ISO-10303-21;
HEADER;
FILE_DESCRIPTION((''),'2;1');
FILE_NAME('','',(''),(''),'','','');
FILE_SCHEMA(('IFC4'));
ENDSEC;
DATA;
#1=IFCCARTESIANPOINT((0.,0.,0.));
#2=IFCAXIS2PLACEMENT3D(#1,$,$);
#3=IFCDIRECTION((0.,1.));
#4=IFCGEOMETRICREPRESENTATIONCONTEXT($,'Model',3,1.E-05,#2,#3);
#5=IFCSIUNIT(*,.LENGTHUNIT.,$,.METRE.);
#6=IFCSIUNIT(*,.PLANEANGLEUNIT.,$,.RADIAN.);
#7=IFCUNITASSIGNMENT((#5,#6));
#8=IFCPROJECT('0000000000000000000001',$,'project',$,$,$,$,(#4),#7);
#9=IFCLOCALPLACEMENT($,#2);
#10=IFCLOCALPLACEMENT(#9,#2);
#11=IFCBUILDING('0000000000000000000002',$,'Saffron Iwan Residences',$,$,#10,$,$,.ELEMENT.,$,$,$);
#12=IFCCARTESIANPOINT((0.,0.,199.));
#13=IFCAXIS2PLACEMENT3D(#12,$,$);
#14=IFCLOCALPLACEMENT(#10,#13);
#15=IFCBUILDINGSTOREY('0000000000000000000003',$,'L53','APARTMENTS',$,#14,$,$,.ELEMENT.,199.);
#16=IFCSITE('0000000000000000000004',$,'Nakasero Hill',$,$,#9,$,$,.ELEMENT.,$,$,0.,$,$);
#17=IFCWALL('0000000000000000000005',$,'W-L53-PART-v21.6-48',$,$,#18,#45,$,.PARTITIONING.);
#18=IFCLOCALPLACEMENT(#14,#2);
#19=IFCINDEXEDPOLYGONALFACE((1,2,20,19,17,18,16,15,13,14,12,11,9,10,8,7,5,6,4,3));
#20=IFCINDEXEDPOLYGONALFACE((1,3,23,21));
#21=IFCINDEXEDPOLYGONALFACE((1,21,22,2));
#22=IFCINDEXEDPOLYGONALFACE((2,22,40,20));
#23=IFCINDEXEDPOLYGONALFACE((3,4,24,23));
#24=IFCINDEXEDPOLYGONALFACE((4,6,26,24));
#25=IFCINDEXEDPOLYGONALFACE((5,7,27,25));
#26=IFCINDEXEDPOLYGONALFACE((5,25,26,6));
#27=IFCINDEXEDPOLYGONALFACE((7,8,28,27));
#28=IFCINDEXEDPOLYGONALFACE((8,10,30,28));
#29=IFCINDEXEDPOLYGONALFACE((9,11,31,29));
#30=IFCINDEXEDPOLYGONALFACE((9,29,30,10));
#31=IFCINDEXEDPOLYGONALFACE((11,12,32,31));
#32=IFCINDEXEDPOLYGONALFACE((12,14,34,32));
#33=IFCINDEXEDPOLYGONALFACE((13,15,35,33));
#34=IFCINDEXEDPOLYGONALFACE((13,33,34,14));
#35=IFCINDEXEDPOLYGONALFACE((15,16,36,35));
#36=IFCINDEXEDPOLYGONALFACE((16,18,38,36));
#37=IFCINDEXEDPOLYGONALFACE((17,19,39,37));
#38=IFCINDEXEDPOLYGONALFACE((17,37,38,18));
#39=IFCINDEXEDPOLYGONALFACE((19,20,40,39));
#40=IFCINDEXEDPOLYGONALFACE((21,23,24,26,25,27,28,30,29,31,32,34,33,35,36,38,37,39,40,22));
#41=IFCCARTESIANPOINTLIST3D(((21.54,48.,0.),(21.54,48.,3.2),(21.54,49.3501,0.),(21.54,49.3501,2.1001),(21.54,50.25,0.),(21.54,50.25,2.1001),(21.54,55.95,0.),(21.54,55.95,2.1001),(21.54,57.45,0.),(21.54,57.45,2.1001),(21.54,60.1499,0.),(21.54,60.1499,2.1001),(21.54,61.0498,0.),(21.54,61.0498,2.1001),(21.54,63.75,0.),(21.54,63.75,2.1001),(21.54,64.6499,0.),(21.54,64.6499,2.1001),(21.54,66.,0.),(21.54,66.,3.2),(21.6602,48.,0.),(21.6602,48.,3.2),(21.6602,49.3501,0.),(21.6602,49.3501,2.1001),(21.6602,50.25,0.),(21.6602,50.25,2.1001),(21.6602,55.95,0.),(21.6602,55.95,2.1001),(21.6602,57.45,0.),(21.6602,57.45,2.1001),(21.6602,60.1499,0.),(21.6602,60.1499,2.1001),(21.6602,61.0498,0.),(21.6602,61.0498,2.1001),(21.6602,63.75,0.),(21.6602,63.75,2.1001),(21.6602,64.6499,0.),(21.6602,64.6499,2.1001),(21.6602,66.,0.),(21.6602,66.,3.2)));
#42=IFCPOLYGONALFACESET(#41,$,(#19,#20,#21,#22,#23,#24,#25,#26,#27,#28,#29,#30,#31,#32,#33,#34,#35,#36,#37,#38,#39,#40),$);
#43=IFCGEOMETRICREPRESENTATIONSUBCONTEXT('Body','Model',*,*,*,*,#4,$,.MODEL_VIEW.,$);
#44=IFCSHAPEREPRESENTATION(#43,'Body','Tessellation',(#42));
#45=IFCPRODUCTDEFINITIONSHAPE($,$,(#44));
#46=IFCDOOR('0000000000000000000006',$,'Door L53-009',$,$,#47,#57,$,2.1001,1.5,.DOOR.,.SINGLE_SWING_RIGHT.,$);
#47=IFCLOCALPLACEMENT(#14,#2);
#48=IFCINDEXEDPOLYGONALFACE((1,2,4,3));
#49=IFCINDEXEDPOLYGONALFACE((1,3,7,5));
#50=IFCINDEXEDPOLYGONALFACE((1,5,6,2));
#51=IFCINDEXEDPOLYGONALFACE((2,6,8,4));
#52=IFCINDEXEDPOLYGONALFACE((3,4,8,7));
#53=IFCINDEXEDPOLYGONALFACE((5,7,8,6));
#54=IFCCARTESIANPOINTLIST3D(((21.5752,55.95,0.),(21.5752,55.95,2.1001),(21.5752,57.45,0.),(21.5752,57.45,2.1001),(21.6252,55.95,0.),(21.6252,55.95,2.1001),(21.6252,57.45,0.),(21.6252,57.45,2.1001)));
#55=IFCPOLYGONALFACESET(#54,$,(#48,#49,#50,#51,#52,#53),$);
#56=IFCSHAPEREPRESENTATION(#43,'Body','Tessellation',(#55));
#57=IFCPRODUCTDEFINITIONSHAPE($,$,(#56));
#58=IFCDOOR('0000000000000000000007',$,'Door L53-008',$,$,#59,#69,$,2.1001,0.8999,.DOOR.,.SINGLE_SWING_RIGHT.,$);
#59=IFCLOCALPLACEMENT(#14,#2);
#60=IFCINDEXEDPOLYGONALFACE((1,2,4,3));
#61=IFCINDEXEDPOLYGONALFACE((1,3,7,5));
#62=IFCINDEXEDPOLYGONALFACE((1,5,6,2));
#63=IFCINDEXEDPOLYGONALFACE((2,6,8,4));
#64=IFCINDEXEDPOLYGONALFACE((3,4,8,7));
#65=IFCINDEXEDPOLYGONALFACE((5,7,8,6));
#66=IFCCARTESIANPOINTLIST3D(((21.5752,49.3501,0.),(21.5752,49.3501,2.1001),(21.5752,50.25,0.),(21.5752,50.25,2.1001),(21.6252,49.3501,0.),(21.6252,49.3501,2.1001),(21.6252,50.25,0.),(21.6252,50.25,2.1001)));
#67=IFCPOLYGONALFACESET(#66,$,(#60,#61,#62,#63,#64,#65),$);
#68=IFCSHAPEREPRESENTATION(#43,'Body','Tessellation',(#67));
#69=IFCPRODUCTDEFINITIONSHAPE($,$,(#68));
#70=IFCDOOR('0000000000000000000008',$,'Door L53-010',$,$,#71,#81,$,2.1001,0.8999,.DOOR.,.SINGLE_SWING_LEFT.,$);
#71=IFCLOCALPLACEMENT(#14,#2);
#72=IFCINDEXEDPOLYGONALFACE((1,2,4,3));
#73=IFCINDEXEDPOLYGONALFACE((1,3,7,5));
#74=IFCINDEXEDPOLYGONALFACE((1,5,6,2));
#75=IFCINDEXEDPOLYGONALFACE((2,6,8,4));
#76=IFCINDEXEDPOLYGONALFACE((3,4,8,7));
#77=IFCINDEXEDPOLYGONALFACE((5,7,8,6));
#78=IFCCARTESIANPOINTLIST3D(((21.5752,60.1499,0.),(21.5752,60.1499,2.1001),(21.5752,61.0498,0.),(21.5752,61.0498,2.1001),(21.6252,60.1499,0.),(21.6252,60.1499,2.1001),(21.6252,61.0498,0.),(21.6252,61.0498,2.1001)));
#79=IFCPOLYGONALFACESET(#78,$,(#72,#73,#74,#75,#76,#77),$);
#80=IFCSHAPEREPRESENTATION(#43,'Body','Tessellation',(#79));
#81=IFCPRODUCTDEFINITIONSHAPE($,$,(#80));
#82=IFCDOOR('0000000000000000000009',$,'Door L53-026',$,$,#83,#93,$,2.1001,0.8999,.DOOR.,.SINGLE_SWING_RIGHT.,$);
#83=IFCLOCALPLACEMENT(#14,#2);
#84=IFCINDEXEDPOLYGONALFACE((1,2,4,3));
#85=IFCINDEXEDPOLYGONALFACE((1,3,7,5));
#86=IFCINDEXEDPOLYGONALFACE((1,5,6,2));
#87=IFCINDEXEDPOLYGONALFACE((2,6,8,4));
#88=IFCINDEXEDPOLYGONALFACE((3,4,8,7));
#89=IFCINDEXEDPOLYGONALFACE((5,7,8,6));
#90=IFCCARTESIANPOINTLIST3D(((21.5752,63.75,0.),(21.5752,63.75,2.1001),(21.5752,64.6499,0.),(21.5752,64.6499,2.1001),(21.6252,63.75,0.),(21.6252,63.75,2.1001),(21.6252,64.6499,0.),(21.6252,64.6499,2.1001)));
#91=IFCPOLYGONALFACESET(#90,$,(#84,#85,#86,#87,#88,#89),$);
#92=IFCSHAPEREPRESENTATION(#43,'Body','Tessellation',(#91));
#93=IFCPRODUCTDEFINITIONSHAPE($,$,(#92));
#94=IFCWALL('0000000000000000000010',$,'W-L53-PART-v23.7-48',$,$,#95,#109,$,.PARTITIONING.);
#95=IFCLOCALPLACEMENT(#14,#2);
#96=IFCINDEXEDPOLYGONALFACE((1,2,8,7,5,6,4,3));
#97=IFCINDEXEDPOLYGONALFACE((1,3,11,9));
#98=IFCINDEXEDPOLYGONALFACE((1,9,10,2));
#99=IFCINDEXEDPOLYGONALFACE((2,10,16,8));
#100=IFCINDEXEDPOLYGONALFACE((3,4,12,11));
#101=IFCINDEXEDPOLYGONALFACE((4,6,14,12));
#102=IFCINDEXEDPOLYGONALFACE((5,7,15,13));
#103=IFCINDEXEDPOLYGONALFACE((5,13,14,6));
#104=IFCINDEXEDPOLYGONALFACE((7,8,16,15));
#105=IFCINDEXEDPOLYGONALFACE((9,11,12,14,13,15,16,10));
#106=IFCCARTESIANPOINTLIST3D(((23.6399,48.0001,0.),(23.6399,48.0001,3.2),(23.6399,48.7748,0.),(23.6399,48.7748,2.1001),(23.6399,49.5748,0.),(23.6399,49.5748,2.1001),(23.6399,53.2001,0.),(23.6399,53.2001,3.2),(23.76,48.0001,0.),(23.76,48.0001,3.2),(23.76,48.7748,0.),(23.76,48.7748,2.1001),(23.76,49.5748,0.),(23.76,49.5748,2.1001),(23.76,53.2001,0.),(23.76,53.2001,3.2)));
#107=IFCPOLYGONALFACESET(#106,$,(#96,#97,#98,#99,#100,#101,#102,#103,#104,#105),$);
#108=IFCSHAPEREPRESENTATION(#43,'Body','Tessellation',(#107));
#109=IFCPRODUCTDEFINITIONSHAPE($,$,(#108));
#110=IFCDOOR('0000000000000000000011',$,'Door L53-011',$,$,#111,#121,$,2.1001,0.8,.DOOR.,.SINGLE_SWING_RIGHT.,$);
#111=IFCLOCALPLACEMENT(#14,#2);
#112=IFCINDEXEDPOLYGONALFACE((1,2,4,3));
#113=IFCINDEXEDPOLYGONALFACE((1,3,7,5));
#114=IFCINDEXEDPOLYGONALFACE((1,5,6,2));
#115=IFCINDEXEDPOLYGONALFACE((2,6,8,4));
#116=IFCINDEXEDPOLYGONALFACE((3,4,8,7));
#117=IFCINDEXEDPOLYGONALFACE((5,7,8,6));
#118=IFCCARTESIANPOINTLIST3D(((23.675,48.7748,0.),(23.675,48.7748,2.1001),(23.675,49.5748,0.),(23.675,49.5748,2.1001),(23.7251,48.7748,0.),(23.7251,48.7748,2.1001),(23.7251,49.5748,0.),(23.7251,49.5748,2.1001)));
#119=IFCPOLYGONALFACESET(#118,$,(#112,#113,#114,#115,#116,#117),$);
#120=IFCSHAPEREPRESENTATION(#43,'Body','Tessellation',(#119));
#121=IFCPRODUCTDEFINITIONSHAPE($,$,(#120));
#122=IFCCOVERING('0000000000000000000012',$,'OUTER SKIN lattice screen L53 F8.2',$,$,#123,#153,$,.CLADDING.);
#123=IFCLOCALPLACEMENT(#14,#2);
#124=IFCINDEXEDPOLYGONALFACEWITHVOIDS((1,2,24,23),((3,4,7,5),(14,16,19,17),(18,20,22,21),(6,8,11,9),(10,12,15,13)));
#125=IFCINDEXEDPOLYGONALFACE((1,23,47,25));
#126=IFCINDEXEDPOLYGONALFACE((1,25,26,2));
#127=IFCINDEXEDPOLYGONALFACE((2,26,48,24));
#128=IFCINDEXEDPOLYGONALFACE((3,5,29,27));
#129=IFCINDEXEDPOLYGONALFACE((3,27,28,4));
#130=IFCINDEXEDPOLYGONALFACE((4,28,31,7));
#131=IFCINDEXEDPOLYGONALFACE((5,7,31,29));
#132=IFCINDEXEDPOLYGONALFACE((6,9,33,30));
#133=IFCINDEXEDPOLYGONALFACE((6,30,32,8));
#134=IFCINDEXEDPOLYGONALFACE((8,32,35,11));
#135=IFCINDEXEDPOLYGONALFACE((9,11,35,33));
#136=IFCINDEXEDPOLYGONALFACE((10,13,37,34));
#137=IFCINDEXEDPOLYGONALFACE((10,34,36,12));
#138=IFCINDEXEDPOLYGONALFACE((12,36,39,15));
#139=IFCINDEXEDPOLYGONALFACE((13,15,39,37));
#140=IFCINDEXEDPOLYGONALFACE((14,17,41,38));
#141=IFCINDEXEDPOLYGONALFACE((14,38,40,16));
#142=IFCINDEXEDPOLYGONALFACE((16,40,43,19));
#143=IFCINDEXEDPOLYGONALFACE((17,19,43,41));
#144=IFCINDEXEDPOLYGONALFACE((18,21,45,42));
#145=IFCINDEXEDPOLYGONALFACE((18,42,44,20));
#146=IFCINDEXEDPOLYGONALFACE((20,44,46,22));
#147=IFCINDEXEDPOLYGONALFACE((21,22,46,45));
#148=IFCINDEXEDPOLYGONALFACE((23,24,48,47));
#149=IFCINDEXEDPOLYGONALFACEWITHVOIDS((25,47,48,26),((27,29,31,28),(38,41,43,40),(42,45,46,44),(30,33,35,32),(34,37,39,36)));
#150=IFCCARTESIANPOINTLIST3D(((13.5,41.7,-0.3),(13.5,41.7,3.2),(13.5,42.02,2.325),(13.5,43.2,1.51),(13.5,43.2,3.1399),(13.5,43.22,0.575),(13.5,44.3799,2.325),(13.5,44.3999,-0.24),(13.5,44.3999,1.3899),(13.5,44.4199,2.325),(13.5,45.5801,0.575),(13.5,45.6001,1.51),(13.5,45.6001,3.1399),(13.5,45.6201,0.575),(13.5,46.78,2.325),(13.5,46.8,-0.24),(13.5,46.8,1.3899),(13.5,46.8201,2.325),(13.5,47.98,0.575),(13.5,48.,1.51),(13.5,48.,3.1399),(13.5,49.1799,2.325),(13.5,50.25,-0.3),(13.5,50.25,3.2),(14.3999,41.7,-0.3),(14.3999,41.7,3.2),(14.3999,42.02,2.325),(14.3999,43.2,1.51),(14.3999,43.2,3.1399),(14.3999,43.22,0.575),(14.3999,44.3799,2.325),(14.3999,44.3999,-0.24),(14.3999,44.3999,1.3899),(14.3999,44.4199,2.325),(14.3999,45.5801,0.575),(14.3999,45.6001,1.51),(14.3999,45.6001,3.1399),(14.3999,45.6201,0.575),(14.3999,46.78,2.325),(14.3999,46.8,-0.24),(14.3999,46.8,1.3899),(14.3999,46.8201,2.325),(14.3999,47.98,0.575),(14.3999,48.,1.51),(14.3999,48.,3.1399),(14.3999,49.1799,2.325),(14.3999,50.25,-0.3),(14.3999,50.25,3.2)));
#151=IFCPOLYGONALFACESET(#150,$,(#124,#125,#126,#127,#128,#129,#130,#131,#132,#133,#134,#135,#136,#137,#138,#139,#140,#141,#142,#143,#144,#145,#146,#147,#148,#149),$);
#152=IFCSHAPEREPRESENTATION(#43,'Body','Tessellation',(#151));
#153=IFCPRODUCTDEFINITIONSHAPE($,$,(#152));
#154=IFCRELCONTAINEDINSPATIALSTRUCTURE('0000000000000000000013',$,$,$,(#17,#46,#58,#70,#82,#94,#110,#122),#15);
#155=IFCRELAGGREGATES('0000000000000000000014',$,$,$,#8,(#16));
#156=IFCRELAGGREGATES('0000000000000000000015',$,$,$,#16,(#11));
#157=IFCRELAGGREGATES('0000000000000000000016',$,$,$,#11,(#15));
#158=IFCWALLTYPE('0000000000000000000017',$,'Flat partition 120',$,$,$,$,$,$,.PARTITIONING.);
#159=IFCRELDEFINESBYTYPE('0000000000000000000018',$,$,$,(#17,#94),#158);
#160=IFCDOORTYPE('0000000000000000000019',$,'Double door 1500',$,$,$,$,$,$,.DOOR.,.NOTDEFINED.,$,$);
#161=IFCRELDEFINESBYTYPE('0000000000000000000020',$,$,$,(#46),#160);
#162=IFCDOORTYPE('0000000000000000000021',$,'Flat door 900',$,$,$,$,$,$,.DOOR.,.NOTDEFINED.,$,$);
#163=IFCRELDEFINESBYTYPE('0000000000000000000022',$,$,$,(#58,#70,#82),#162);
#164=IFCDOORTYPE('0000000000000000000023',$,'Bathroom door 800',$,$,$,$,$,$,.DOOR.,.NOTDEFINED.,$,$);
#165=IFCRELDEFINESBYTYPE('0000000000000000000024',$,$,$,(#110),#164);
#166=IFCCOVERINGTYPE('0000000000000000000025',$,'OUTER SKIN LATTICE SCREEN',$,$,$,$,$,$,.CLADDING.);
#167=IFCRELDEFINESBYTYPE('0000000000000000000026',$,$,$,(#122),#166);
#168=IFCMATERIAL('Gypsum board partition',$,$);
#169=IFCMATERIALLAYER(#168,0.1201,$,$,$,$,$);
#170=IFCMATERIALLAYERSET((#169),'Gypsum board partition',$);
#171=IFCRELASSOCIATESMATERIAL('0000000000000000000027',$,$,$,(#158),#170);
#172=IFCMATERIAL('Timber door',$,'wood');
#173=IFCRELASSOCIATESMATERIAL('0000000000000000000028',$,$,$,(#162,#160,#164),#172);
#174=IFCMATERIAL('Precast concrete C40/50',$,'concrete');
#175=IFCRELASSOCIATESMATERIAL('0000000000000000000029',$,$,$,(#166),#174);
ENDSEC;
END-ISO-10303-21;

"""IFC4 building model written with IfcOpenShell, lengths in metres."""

from ifc_helpers import new_model, si_unit, direction, frame, frame_2d, origin, place, context, subcontext, project, spatial, polyline, rectangle, outline, extrude, material, layer, layer_set, type_object, element, fill, save


model = new_model("IFC4")

# Units and contexts
model_context = context("Model", 3, precision=1e-05, world=origin(), true_north=direction((0.0, 1.0)))
body_context = subcontext(model_context, "Body", "Model", "MODEL_VIEW")
ifc_project = project(units=[si_unit("LENGTHUNIT", "METRE"), si_unit("PLANEANGLEUNIT", "RADIAN")], contexts=[model_context])

# Site, building, storey
site_placement = place(None, origin())
site = spatial("IfcSite", under=ifc_project, at=site_placement, Name="Nakasero Hill", CompositionType="ELEMENT", RefElevation=0.0)
building_placement = place(site_placement, origin())
building = spatial("IfcBuilding", under=site, at=building_placement, Name="Saffron Iwan Residences", CompositionType="ELEMENT")
storey_placement = place(building_placement, frame((0.0, 0.0, 199.0)))
storey = spatial("IfcBuildingStorey", under=building, at=storey_placement, Name="L53", Description="APARTMENTS", CompositionType="ELEMENT", Elevation=199.0)

# Shared definitions
ifc_material_1 = material(Name="Gypsum board partition")
ifc_layer_1 = layer(ifc_material_1, 0.1201)
ifc_layer_set_1 = layer_set([ifc_layer_1], Name="Gypsum board partition")
wall_type_1 = type_object("IfcWallType", Name="Flat partition 120", PredefinedType="PARTITIONING", material=ifc_layer_set_1)

# Wall, openings, doors
ifc_material_2 = material(Name="Timber door", Category="wood")
door_type_1 = type_object("IfcDoorType", Name="Flat door 900", OperationType="NOTDEFINED", PredefinedType="DOOR", material=ifc_material_2)
wall_1_placement = place(storey_placement, frame((21.6001, 48.0, 0.0), z_axis=(0.0, 0.0, 1.0), x_axis=(0.0, 1.0, 0.0)))
wall_1 = element("IfcWall", 1, at=wall_1_placement, inside=storey, type_object=wall_type_1, Name="W-L53-PART-v21.6-48", PredefinedType="PARTITIONING", context=body_context, shape_type="SweptSolid", body=[
    extrude(rectangle(XDim=18.0, YDim=0.1201, at=frame_2d((9.0, 0.0))), origin(), (0.0, 0.0, 1.0), 3.2),
])
opening_1_placement = place(wall_1_placement, frame((1.3501, 0.0, 0.0)))
opening_1 = element("IfcOpeningElement", 2, at=opening_1_placement, cuts=wall_1, PredefinedType="OPENING", context=body_context, shape_type="SweptSolid", body=[
    extrude(rectangle(XDim=0.8999, YDim=2.1001, at=frame_2d((0.45, 1.05))), frame((0.0, 0.0701, 0.0), z_axis=(0.0, -1.0, 0.0), x_axis=(1.0, 0.0, 0.0)), (0.0, 0.0, 1.0), 0.1401),
])
opening_2_placement = place(wall_1_placement, frame((7.95, 0.0, 0.0)))
opening_2 = element("IfcOpeningElement", 3, at=opening_2_placement, cuts=wall_1, PredefinedType="OPENING", context=body_context, shape_type="SweptSolid", body=[
    extrude(rectangle(XDim=1.5, YDim=2.1001, at=frame_2d((0.75, 1.05))), frame((0.0, 0.0701, 0.0), z_axis=(0.0, -1.0, 0.0), x_axis=(1.0, 0.0, 0.0)), (0.0, 0.0, 1.0), 0.1401),
])
opening_3_placement = place(wall_1_placement, frame((12.1499, 0.0, 0.0)))
opening_3 = element("IfcOpeningElement", 4, at=opening_3_placement, cuts=wall_1, PredefinedType="OPENING", context=body_context, shape_type="SweptSolid", body=[
    extrude(rectangle(XDim=0.8999, YDim=2.1001, at=frame_2d((0.45, 1.05))), frame((0.0, 0.0701, 0.0), z_axis=(0.0, -1.0, 0.0), x_axis=(1.0, 0.0, 0.0)), (0.0, 0.0, 1.0), 0.1401),
])
opening_4_placement = place(wall_1_placement, frame((15.75, 0.0, 0.0)))
opening_4 = element("IfcOpeningElement", 5, at=opening_4_placement, cuts=wall_1, PredefinedType="OPENING", context=body_context, shape_type="SweptSolid", body=[
    extrude(rectangle(XDim=0.8999, YDim=2.1001, at=frame_2d((0.45, 1.05))), frame((0.0, 0.0701, 0.0), z_axis=(0.0, -1.0, 0.0), x_axis=(1.0, 0.0, 0.0)), (0.0, 0.0, 1.0), 0.1401),
])
door_type_2 = type_object("IfcDoorType", Name="Double door 1500", OperationType="NOTDEFINED", PredefinedType="DOOR", material=ifc_material_2)
door_1_placement = place(opening_2_placement, origin())
door_1 = element("IfcDoor", 6, at=door_1_placement, inside=storey, type_object=door_type_2, Name="Door L53-009", OperationType="SINGLE_SWING_RIGHT", OverallHeight=2.1001, OverallWidth=1.5, PredefinedType="DOOR", context=body_context, shape_type="SweptSolid", body=[
    extrude(rectangle(XDim=1.5, YDim=2.1001, at=frame_2d((0.75, 1.05))), frame((0.0, 0.0249, 0.0), z_axis=(0.0, -1.0, 0.0), x_axis=(1.0, 0.0, 0.0)), (0.0, 0.0, 1.0), 0.05),
])
fill(opening_2, door_1)
door_2_placement = place(opening_1_placement, origin())
door_2 = element("IfcDoor", 7, at=door_2_placement, inside=storey, type_object=door_type_1, Name="Door L53-008", OperationType="SINGLE_SWING_RIGHT", OverallHeight=2.1001, OverallWidth=0.8999, PredefinedType="DOOR", context=body_context, shape_type="SweptSolid", body=[
    extrude(rectangle(XDim=0.8999, YDim=2.1001, at=frame_2d((0.45, 1.05))), frame((0.0, 0.0249, 0.0), z_axis=(0.0, -1.0, 0.0), x_axis=(1.0, 0.0, 0.0)), (0.0, 0.0, 1.0), 0.05),
])
fill(opening_1, door_2)
door_3_placement = place(opening_3_placement, origin())
door_3 = element("IfcDoor", 8, at=door_3_placement, inside=storey, type_object=door_type_1, Name="Door L53-010", OperationType="SINGLE_SWING_LEFT", OverallHeight=2.1001, OverallWidth=0.8999, PredefinedType="DOOR", context=body_context, shape_type="SweptSolid", body=[
    extrude(rectangle(XDim=0.8999, YDim=2.1001, at=frame_2d((0.45, 1.05))), frame((0.0, 0.0249, 0.0), z_axis=(0.0, -1.0, 0.0), x_axis=(1.0, 0.0, 0.0)), (0.0, 0.0, 1.0), 0.05),
])
fill(opening_3, door_3)
door_4_placement = place(opening_4_placement, origin())
door_4 = element("IfcDoor", 9, at=door_4_placement, inside=storey, type_object=door_type_1, Name="Door L53-026", OperationType="SINGLE_SWING_RIGHT", OverallHeight=2.1001, OverallWidth=0.8999, PredefinedType="DOOR", context=body_context, shape_type="SweptSolid", body=[
    extrude(rectangle(XDim=0.8999, YDim=2.1001, at=frame_2d((0.45, 1.05))), frame((0.0, 0.0249, 0.0), z_axis=(0.0, -1.0, 0.0), x_axis=(1.0, 0.0, 0.0)), (0.0, 0.0, 1.0), 0.05),
])
fill(opening_4, door_4)

# Wall, opening, door
wall_2_placement = place(storey_placement, frame((23.7, 48.0, 0.0), z_axis=(0.0, 0.0, 1.0), x_axis=(0.0, 1.0, 0.0)))
wall_2 = element("IfcWall", 10, at=wall_2_placement, inside=storey, type_object=wall_type_1, Name="W-L53-PART-v23.7-48", PredefinedType="PARTITIONING", context=body_context, shape_type="SweptSolid", body=[
    extrude(rectangle(XDim=5.2, YDim=0.1201, at=frame_2d((2.6001, 0.0))), origin(), (0.0, 0.0, 1.0), 3.2),
])
opening_5_placement = place(wall_2_placement, frame((0.7749, 0.0, 0.0)))
opening_5 = element("IfcOpeningElement", 11, at=opening_5_placement, cuts=wall_2, PredefinedType="OPENING", context=body_context, shape_type="SweptSolid", body=[
    extrude(rectangle(XDim=0.8, YDim=2.1001, at=frame_2d((0.3999, 1.05))), frame((0.0, 0.0701, 0.0), z_axis=(0.0, -1.0, 0.0), x_axis=(1.0, 0.0, 0.0)), (0.0, 0.0, 1.0), 0.1401),
])
door_type_3 = type_object("IfcDoorType", Name="Bathroom door 800", OperationType="NOTDEFINED", PredefinedType="DOOR", material=ifc_material_2)
door_5_placement = place(opening_5_placement, origin())
door_5 = element("IfcDoor", 12, at=door_5_placement, inside=storey, type_object=door_type_3, Name="Door L53-011", OperationType="SINGLE_SWING_RIGHT", OverallHeight=2.1001, OverallWidth=0.8, PredefinedType="DOOR", context=body_context, shape_type="SweptSolid", body=[
    extrude(rectangle(XDim=0.8, YDim=2.1001, at=frame_2d((0.3999, 1.05))), frame((0.0, 0.0249, 0.0), z_axis=(0.0, -1.0, 0.0), x_axis=(1.0, 0.0, 0.0)), (0.0, 0.0, 1.0), 0.05),
])
fill(opening_5, door_5)

# Covering
ifc_material_3 = material(Name="Precast concrete C40/50", Category="concrete")
covering_type = type_object("IfcCoveringType", Name="OUTER SKIN LATTICE SCREEN", PredefinedType="CLADDING", material=ifc_material_3)
covering_placement = place(storey_placement, frame((14.3999, 50.25, -0.3), z_axis=(-1.0, 0.0, 0.0), x_axis=(0.0, -1.0, 0.0)))
element("IfcCovering", 13, at=covering_placement, inside=storey, type_object=covering_type, Name="OUTER SKIN lattice screen L53 F8.2", PredefinedType="CLADDING", context=body_context, shape_type="SweptSolid", body=[
    extrude(outline(polyline([(0.0, 0.0), (8.55, 0.0), (8.55, 3.5), (0.0, 3.5), (0.0, 0.0)]), holes=[polyline([(2.27, 0.875), (3.45, 0.0601), (4.6299, 0.875), (3.45, 1.6899), (2.27, 0.875)]), polyline([(4.6699, 0.875), (5.8501, 0.0601), (7.03, 0.875), (5.8501, 1.6899), (4.6699, 0.875)]), polyline([(1.0701, 2.625), (2.25, 1.8101), (3.4299, 2.625), (2.25, 3.4399), (1.0701, 2.625)]), polyline([(3.47, 2.625), (4.6499, 1.8101), (5.8301, 2.625), (4.6499, 3.4399), (3.47, 2.625)]), polyline([(5.8701, 2.625), (7.05, 1.8101), (8.23, 2.625), (7.05, 3.4399), (5.8701, 2.625)])]), origin(), (0.0, 0.0, 1.0), 0.8999),
])

save(model, "model.ifc")
